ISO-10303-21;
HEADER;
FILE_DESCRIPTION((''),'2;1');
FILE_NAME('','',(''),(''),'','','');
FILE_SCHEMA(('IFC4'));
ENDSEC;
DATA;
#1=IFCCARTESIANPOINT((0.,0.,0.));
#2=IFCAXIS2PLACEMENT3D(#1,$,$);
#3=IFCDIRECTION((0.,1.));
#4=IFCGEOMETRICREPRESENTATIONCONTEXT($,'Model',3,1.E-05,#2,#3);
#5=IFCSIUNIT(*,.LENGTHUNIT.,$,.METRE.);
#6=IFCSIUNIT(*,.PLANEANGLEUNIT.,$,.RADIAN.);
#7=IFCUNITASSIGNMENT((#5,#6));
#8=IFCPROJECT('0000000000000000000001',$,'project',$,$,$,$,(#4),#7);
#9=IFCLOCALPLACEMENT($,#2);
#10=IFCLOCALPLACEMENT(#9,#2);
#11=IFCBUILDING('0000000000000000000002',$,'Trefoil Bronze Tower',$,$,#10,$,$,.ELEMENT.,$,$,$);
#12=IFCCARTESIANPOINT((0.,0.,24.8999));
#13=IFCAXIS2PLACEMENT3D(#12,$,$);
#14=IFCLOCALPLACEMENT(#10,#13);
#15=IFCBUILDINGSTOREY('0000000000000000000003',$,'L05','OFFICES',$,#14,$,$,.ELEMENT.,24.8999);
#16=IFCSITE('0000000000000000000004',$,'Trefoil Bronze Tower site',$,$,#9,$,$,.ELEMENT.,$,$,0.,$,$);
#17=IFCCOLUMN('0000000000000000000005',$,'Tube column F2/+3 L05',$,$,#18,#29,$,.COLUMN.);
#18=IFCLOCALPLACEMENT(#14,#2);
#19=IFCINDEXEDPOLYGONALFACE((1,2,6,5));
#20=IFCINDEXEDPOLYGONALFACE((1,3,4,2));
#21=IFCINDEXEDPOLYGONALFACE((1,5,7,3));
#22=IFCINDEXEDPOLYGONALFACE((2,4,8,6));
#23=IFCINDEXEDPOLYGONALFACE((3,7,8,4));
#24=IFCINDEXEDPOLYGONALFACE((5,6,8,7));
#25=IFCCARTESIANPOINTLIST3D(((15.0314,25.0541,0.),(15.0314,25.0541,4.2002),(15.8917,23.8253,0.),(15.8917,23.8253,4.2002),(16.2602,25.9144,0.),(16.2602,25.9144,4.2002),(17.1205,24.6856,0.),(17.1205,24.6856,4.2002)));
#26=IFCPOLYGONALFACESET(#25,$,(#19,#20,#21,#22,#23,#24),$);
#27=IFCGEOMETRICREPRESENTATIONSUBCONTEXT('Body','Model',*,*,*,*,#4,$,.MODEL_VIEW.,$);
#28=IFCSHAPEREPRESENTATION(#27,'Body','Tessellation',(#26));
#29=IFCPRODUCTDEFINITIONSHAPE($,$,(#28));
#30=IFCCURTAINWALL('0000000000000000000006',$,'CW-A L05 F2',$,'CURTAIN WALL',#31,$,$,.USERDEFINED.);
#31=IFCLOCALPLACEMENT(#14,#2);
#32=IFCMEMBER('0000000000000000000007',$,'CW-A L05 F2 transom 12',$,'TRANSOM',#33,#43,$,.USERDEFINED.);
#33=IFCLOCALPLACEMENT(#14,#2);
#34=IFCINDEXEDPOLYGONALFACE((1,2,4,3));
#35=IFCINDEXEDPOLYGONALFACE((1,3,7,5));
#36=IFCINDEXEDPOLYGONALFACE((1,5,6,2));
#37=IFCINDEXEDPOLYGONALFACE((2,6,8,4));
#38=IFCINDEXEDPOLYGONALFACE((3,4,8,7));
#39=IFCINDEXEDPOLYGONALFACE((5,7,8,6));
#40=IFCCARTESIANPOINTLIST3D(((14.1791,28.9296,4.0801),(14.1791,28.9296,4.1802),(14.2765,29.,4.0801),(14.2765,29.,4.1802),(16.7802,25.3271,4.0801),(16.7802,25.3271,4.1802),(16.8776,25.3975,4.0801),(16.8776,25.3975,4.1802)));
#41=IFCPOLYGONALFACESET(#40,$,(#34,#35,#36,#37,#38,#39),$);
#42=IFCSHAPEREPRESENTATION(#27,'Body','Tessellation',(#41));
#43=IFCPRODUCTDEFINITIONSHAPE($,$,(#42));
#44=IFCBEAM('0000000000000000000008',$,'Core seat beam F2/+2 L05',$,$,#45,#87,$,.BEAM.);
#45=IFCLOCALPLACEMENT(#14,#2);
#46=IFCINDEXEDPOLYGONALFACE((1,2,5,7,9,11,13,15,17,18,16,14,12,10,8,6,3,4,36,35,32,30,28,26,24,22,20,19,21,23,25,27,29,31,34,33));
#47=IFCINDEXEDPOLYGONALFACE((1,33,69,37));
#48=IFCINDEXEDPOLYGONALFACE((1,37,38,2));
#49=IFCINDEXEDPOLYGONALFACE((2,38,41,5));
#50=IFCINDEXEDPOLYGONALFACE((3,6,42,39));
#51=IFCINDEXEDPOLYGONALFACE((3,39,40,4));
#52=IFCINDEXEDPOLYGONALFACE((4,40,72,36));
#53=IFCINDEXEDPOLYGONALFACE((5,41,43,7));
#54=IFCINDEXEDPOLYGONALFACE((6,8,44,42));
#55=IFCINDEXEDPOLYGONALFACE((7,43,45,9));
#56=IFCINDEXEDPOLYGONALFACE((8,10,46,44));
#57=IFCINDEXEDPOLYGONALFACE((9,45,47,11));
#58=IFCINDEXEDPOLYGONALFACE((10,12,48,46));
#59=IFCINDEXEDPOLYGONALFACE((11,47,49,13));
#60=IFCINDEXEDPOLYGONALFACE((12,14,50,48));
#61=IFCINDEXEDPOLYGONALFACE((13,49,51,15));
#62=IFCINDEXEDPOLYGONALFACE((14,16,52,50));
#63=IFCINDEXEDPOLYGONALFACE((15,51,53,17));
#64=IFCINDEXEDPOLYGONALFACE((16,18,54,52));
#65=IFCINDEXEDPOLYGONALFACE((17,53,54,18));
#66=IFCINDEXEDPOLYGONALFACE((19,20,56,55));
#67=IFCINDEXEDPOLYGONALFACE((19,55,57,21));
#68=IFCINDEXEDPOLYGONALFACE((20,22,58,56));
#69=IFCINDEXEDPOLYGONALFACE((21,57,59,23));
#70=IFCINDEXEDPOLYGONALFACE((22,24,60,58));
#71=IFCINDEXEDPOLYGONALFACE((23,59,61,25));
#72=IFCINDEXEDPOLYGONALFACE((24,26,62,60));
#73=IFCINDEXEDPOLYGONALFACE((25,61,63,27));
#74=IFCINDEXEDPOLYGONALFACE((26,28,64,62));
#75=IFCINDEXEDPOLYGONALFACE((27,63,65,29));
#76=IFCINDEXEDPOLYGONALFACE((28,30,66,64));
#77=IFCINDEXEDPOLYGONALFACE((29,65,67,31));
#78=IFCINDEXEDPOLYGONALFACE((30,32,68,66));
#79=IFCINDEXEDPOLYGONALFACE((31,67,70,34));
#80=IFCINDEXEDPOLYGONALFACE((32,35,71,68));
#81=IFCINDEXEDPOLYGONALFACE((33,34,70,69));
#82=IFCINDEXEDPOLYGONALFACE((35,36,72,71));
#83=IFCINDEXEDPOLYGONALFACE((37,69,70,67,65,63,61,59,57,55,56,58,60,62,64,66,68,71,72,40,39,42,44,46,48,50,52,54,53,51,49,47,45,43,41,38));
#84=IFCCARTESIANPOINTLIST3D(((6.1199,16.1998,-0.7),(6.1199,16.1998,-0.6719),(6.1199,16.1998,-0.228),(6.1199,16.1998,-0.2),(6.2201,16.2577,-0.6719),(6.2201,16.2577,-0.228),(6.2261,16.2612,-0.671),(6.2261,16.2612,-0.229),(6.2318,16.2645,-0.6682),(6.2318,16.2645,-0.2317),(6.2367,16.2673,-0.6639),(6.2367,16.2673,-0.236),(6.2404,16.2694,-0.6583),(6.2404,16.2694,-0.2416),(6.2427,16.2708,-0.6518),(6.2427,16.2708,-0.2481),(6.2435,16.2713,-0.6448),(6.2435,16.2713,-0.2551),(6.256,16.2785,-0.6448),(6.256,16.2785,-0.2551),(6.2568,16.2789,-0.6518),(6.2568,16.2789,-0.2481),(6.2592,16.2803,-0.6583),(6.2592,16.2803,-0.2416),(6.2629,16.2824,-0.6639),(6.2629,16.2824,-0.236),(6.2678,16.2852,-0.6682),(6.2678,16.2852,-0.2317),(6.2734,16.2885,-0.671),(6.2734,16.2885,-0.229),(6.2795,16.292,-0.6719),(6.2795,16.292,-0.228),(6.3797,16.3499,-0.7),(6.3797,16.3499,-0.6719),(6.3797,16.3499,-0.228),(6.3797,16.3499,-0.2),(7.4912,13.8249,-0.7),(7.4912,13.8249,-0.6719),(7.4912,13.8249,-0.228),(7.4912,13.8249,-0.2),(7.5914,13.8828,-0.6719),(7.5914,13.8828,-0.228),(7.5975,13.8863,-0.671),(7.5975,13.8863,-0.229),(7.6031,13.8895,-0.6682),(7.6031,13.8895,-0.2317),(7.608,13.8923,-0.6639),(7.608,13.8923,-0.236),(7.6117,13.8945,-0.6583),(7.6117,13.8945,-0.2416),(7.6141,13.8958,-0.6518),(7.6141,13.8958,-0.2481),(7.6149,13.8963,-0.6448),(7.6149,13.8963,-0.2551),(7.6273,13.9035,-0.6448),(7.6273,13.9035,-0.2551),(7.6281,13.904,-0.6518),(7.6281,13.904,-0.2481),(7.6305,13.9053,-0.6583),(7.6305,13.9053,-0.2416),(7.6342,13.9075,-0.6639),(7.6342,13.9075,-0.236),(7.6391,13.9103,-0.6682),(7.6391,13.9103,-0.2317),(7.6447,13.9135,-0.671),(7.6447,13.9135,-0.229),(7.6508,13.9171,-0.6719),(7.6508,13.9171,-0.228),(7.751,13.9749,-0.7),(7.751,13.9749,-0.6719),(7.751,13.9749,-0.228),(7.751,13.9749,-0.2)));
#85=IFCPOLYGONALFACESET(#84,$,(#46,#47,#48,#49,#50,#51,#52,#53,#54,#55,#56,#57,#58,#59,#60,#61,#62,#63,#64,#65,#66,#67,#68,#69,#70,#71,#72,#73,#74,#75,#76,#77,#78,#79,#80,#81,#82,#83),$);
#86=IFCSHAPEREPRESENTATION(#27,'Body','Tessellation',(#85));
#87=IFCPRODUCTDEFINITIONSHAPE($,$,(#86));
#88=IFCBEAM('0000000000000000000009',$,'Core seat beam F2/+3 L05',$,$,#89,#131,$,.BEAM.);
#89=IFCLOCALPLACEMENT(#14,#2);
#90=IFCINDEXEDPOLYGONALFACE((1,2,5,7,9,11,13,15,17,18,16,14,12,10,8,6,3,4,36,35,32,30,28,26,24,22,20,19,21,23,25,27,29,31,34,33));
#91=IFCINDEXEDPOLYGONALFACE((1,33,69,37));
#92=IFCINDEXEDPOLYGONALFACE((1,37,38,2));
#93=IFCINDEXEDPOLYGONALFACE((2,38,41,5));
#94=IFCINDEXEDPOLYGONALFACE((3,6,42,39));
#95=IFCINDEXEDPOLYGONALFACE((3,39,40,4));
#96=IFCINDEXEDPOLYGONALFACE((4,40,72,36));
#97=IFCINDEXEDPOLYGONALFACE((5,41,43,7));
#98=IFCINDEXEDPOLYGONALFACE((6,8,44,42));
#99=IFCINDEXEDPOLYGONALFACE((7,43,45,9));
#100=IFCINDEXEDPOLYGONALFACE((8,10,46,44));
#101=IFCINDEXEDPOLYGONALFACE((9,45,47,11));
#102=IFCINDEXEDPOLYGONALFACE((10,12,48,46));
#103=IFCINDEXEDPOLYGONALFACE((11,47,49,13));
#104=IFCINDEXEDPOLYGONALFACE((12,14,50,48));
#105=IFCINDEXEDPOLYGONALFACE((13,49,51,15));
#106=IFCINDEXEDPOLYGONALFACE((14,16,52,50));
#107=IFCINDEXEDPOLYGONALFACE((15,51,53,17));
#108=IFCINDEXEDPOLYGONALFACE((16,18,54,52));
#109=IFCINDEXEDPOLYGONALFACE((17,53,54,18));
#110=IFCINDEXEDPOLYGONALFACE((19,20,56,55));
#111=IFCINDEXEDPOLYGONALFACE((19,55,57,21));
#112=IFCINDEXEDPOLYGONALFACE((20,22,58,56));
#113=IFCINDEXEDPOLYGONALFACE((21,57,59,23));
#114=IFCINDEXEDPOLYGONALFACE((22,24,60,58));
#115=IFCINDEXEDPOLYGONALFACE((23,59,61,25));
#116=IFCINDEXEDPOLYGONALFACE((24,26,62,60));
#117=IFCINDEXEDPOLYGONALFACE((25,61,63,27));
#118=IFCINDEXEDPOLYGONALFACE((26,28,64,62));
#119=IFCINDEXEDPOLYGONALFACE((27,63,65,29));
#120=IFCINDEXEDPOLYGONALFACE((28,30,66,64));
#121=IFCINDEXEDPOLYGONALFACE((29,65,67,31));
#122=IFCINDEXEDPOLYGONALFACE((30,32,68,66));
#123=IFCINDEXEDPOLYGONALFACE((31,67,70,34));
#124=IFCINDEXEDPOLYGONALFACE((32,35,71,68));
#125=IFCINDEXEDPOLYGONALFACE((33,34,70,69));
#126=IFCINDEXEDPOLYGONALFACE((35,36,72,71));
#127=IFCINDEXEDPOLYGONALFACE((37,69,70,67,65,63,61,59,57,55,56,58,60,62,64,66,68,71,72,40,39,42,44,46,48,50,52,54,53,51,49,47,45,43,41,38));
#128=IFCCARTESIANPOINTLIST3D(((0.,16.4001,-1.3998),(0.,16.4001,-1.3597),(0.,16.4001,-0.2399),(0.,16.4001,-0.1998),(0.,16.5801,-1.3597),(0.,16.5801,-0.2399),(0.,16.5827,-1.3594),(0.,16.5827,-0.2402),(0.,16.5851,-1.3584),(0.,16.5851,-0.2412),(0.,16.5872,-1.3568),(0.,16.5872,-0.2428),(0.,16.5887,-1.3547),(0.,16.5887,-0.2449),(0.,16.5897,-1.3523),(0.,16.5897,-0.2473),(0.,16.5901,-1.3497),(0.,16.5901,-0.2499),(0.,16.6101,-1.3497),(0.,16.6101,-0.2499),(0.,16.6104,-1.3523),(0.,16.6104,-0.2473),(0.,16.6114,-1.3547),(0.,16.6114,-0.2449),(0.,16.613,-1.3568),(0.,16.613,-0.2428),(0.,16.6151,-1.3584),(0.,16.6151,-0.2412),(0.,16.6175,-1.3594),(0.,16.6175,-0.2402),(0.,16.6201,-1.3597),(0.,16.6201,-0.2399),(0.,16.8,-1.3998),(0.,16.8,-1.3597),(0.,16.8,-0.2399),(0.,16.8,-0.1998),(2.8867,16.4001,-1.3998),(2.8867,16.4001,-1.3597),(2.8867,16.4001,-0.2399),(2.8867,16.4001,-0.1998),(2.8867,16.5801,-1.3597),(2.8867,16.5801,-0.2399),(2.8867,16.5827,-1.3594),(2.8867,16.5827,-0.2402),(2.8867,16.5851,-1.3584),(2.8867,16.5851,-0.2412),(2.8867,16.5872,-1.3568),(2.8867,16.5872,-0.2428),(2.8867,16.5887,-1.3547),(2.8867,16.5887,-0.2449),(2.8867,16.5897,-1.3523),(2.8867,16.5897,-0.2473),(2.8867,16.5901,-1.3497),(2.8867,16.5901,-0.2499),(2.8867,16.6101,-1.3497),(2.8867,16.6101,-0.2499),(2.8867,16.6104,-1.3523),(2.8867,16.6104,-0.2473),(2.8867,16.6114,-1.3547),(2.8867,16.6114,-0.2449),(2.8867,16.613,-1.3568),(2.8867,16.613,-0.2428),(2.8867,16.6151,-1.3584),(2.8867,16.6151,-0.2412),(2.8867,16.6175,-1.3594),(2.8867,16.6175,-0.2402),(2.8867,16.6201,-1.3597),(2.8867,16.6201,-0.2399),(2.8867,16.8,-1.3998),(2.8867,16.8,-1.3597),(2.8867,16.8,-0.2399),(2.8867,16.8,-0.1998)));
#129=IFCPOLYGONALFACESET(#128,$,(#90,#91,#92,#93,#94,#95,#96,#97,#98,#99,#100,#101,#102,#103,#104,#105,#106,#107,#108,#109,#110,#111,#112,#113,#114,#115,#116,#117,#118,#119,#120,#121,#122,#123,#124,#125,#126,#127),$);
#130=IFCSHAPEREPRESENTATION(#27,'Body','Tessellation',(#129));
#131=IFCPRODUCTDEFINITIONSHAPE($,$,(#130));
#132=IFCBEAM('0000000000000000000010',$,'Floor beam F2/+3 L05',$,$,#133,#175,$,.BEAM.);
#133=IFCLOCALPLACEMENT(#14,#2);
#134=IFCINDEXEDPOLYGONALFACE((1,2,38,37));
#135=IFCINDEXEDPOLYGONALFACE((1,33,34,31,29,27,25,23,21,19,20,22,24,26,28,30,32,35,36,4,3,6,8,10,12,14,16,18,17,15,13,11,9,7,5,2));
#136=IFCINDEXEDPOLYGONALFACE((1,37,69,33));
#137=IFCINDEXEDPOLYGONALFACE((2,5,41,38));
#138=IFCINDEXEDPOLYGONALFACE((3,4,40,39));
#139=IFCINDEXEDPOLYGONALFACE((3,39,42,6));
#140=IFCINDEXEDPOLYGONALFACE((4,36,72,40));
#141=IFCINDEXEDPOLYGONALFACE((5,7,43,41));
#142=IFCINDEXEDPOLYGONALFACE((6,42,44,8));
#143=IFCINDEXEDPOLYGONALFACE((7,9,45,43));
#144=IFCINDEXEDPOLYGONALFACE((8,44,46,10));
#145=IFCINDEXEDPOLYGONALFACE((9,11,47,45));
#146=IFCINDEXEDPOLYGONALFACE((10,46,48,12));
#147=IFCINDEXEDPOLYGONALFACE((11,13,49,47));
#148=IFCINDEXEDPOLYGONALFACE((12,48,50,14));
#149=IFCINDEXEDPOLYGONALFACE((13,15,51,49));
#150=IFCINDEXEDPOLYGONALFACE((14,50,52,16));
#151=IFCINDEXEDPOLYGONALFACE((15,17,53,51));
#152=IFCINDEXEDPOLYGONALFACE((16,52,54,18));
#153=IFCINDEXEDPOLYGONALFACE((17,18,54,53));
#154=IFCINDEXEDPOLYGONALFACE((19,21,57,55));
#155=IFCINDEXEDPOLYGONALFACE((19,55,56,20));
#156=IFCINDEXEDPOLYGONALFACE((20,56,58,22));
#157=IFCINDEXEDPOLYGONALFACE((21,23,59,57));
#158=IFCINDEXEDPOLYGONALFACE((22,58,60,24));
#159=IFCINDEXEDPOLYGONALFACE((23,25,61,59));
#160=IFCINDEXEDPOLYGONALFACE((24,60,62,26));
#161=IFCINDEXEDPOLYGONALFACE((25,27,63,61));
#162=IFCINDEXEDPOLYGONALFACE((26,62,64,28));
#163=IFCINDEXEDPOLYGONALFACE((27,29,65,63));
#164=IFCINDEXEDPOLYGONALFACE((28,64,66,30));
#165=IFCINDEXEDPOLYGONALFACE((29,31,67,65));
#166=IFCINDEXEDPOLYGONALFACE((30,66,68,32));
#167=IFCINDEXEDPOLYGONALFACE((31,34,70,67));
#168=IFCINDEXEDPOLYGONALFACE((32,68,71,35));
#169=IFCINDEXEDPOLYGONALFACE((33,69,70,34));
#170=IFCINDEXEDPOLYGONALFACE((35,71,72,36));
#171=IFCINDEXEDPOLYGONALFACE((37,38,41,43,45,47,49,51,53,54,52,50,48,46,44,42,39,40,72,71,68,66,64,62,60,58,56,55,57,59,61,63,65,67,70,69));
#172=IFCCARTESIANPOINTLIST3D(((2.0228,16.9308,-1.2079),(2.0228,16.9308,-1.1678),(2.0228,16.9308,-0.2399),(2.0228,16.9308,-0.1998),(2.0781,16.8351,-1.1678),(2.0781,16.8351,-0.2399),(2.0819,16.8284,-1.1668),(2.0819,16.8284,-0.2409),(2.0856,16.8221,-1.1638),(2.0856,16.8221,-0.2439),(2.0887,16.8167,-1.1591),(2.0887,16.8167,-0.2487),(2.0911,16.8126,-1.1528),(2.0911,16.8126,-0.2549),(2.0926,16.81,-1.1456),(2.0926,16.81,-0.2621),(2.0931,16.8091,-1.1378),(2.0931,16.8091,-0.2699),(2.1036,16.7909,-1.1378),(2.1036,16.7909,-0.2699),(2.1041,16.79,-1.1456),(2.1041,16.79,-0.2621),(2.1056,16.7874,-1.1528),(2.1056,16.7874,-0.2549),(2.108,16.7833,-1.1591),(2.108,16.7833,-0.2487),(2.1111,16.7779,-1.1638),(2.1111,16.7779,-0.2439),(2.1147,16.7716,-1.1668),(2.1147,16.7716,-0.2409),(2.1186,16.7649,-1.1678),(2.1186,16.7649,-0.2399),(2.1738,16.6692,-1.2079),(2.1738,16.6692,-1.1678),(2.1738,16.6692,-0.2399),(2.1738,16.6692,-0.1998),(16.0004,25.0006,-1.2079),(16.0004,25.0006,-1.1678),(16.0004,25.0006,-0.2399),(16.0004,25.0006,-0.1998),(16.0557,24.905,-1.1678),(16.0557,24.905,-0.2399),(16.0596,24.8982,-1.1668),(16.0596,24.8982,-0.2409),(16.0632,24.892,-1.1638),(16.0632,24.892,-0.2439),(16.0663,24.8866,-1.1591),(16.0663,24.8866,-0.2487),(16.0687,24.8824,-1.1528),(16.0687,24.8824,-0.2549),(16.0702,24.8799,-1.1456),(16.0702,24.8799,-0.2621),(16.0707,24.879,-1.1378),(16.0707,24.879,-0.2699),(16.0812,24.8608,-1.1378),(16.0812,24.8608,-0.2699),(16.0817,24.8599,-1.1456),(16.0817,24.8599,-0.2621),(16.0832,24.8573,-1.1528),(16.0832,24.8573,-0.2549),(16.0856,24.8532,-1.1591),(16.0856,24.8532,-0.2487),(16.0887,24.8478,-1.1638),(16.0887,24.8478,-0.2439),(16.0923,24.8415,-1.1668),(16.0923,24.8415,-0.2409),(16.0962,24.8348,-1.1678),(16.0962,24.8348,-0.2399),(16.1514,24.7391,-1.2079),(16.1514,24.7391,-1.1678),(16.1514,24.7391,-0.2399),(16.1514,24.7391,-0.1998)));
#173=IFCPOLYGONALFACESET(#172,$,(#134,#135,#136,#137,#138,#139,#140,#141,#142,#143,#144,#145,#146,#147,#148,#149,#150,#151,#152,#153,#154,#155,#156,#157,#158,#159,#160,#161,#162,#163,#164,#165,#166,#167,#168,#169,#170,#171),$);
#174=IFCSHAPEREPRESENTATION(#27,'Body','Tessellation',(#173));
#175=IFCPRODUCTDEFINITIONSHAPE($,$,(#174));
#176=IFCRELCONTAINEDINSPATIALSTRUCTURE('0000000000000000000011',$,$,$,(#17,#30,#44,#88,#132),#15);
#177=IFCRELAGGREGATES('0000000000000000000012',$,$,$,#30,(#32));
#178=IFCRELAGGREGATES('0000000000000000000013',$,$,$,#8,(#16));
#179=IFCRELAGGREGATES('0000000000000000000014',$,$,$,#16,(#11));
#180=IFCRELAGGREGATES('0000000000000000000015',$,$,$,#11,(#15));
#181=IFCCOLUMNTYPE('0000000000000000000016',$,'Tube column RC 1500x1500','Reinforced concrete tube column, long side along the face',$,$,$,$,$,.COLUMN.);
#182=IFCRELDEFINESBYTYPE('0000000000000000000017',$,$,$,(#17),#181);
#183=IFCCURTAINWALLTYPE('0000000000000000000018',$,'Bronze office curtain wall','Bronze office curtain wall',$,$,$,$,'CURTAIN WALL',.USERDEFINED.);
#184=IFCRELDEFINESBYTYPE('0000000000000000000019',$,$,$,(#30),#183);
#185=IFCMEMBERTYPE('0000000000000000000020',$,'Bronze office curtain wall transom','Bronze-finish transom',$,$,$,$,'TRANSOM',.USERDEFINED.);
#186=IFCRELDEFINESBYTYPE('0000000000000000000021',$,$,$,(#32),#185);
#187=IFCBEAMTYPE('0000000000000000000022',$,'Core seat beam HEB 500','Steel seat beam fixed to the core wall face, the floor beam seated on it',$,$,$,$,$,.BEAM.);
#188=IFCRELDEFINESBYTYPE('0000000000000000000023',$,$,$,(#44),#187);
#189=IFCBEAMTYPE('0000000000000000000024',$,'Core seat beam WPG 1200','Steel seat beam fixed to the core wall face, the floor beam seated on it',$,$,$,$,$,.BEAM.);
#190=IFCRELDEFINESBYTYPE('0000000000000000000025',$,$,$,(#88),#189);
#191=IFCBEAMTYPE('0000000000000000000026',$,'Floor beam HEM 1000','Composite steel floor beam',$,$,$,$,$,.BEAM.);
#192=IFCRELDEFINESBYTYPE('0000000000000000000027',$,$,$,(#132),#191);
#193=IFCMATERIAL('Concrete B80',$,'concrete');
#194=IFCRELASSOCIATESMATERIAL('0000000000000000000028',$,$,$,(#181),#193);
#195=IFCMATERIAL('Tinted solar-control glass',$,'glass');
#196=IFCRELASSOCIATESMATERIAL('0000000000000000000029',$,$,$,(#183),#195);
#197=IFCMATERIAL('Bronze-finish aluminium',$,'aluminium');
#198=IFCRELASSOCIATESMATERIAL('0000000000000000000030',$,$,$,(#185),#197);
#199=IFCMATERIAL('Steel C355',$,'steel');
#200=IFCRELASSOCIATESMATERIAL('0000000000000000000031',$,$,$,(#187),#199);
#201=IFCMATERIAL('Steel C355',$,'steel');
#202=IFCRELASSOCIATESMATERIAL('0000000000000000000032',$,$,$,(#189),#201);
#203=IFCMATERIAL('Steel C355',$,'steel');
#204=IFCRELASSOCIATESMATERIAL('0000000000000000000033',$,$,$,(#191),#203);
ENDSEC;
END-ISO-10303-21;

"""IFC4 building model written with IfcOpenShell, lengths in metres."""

from ifc_helpers import new_model, si_unit, direction, frame, origin, origin_2d, place, context, subcontext, project, spatial, rectangle, i_section, extrude, material, material_profile, profile_set, type_object, element, aggregate, save


model = new_model("IFC4")

# Units and contexts
model_context = context("Model", 3, precision=1e-05, world=origin(), true_north=direction((0.0, 1.0)))
body_context = subcontext(model_context, "Body", "Model", "MODEL_VIEW")
ifc_project = project(units=[si_unit("LENGTHUNIT", "METRE"), si_unit("PLANEANGLEUNIT", "RADIAN")], contexts=[model_context])

# Site, building, storey
site_placement = place(None, origin())
site = spatial("IfcSite", under=ifc_project, at=site_placement, Name="Trefoil Bronze Tower site", CompositionType="ELEMENT", RefElevation=0.0)
building_placement = place(site_placement, origin())
building = spatial("IfcBuilding", under=site, at=building_placement, Name="Trefoil Bronze Tower", CompositionType="ELEMENT")
storey_placement = place(building_placement, frame((0.0, 0.0, 24.8999)))
storey = spatial("IfcBuildingStorey", under=building, at=storey_placement, Name="L05", Description="OFFICES", CompositionType="ELEMENT", Elevation=24.8999)

# Column
ifc_material_1 = material(Name="Concrete B80", Category="concrete")
ifc_material_profile_1 = material_profile(ifc_material_1, rectangle(XDim=1.5, YDim=1.5, at=origin_2d()), Name="RC 1500x1500")
ifc_profile_set_1 = profile_set([ifc_material_profile_1], Name="Concrete B80")
column_type = type_object("IfcColumnType", Name="Tube column RC 1500x1500", Description="Reinforced concrete tube column, long side along the face", PredefinedType="COLUMN", material=ifc_profile_set_1)
column_placement = place(storey_placement, frame((16.0759, 24.8699, 0.0), z_axis=(0.0, 0.0, 1.0), x_axis=(-0.573502, 0.819204, 0.0)))
element("IfcColumn", 1, at=column_placement, inside=storey, type_object=column_type, Name="Tube column F2/+3 L05", PredefinedType="COLUMN", context=body_context, shape_type="SweptSolid", body=[
    extrude(rectangle(XDim=1.5, YDim=1.5, at=origin_2d()), origin(), (0.0, 0.0, 1.0), 4.2002),
])

# Curtain wall, member
ifc_material_2 = material(Name="Tinted solar-control glass", Category="glass")
curtain_wall_type = type_object("IfcCurtainWallType", Name="Bronze office curtain wall", Description="Bronze office curtain wall", ElementType="CURTAIN WALL", PredefinedType="USERDEFINED", material=ifc_material_2)
curtain_wall_placement = place(storey_placement, origin())
curtain_wall = element("IfcCurtainWall", 2, at=curtain_wall_placement, inside=storey, type_object=curtain_wall_type, Name="CW-A L05 F2", ObjectType="CURTAIN WALL", PredefinedType="USERDEFINED")
ifc_material_3 = material(Name="Bronze-finish aluminium", Category="aluminium")
ifc_material_profile_2 = material_profile(ifc_material_3, rectangle(XDim=0.1201, YDim=0.1001, at=origin_2d()), Name="CW-A transom")
ifc_profile_set_2 = profile_set([ifc_material_profile_2], Name="Bronze-finish aluminium")
member_type = type_object("IfcMemberType", Name="Bronze office curtain wall transom", Description="Bronze-finish transom", ElementType="TRANSOM", PredefinedType="USERDEFINED", material=ifc_profile_set_2)
member_placement = place(storey_placement, frame((16.8289, 25.3623, 4.1301), z_axis=(-0.585378, 0.81076, 0.0), x_axis=(-0.81076, -0.585378, 0.0)))
member = element("IfcMember", 3, at=member_placement, type_object=member_type, Name="CW-A L05 F2 transom 12", ObjectType="TRANSOM", PredefinedType="USERDEFINED", context=body_context, shape_type="SweptSolid", body=[
    extrude(rectangle(XDim=0.1201, YDim=0.1001, at=origin_2d()), origin(), (0.0, 0.0, 1.0), 4.4434),
])

# Beams
ifc_material_4 = material(Name="Steel C355", Category="steel")
ifc_material_profile_3 = material_profile(ifc_material_4, i_section(OverallWidth=0.3, OverallDepth=0.5, WebThickness=0.0144, FlangeThickness=0.0281, FilletRadius=0.0271, at=origin_2d()), Name="HEB 500")
ifc_profile_set_3 = profile_set([ifc_material_profile_3], Name="Steel C355")
beam_type_1 = type_object("IfcBeamType", Name="Core seat beam HEB 500", Description="Steel seat beam fixed to the core wall face, the floor beam seated on it", PredefinedType="BEAM", material=ifc_profile_set_3)
beam_1_placement = place(storey_placement, frame((7.6211, 13.8999, -0.45), z_axis=(-0.500036, 0.866005, 0.0), x_axis=(-0.866005, -0.500036, 0.0)))
element("IfcBeam", 4, at=beam_1_placement, inside=storey, type_object=beam_type_1, Name="Core seat beam F2/+2 L05", PredefinedType="BEAM", context=body_context, shape_type="SweptSolid", body=[
    extrude(i_section(OverallWidth=0.3, OverallDepth=0.5, WebThickness=0.0144, FlangeThickness=0.0281, FilletRadius=0.0271, at=origin_2d()), origin(), (0.0, 0.0, 1.0), 2.7424),
])
ifc_material_5 = material(Name="Steel C355", Category="steel")
ifc_material_profile_4 = material_profile(ifc_material_5, i_section(OverallWidth=0.3999, OverallDepth=1.2, WebThickness=0.02, FlangeThickness=0.04, FilletRadius=0.01, at=origin_2d()), Name="WPG 1200")
ifc_profile_set_4 = profile_set([ifc_material_profile_4], Name="Steel C355")
beam_type_2 = type_object("IfcBeamType", Name="Core seat beam WPG 1200", Description="Steel seat beam fixed to the core wall face, the floor beam seated on it", PredefinedType="BEAM", material=ifc_profile_set_4)
beam_2_placement = place(storey_placement, frame((2.8867, 16.6001, -0.7998), z_axis=(-1.0, 0.0, 0.0), x_axis=(0.0, -1.0, 0.0)))
element("IfcBeam", 5, at=beam_2_placement, inside=storey, type_object=beam_type_2, Name="Core seat beam F2/+3 L05", PredefinedType="BEAM", context=body_context, shape_type="SweptSolid", body=[
    extrude(i_section(OverallWidth=0.3999, OverallDepth=1.2, WebThickness=0.02, FlangeThickness=0.04, FilletRadius=0.01, at=origin_2d()), origin(), (0.0, 0.0, 1.0), 2.8867),
])
ifc_material_6 = material(Name="Steel C355", Category="steel")
ifc_material_profile_5 = material_profile(ifc_material_6, i_section(OverallWidth=0.302, OverallDepth=1.0081, WebThickness=0.021, FlangeThickness=0.04, FilletRadius=0.03, at=origin_2d()), Name="HEM 1000")
ifc_profile_set_5 = profile_set([ifc_material_profile_5], Name="Steel C355")
beam_type_3 = type_object("IfcBeamType", Name="Floor beam HEM 1000", Description="Composite steel floor beam", PredefinedType="BEAM", material=ifc_profile_set_5)
beam_3_placement = place(storey_placement, frame((16.0759, 24.8699, -0.7039), z_axis=(-0.866028, -0.499995, 0.0), x_axis=(0.499995, -0.866028, 0.0)))
element("IfcBeam", 6, at=beam_3_placement, inside=storey, type_object=beam_type_3, Name="Floor beam F2/+3 L05", PredefinedType="BEAM", context=body_context, shape_type="SweptSolid", body=[
    extrude(i_section(OverallWidth=0.302, OverallDepth=1.0081, WebThickness=0.021, FlangeThickness=0.04, FilletRadius=0.03, at=origin_2d()), origin(), (0.0, 0.0, 1.0), 16.1399),
])

aggregate(curtain_wall, [member])

save(model, "model.ifc")
